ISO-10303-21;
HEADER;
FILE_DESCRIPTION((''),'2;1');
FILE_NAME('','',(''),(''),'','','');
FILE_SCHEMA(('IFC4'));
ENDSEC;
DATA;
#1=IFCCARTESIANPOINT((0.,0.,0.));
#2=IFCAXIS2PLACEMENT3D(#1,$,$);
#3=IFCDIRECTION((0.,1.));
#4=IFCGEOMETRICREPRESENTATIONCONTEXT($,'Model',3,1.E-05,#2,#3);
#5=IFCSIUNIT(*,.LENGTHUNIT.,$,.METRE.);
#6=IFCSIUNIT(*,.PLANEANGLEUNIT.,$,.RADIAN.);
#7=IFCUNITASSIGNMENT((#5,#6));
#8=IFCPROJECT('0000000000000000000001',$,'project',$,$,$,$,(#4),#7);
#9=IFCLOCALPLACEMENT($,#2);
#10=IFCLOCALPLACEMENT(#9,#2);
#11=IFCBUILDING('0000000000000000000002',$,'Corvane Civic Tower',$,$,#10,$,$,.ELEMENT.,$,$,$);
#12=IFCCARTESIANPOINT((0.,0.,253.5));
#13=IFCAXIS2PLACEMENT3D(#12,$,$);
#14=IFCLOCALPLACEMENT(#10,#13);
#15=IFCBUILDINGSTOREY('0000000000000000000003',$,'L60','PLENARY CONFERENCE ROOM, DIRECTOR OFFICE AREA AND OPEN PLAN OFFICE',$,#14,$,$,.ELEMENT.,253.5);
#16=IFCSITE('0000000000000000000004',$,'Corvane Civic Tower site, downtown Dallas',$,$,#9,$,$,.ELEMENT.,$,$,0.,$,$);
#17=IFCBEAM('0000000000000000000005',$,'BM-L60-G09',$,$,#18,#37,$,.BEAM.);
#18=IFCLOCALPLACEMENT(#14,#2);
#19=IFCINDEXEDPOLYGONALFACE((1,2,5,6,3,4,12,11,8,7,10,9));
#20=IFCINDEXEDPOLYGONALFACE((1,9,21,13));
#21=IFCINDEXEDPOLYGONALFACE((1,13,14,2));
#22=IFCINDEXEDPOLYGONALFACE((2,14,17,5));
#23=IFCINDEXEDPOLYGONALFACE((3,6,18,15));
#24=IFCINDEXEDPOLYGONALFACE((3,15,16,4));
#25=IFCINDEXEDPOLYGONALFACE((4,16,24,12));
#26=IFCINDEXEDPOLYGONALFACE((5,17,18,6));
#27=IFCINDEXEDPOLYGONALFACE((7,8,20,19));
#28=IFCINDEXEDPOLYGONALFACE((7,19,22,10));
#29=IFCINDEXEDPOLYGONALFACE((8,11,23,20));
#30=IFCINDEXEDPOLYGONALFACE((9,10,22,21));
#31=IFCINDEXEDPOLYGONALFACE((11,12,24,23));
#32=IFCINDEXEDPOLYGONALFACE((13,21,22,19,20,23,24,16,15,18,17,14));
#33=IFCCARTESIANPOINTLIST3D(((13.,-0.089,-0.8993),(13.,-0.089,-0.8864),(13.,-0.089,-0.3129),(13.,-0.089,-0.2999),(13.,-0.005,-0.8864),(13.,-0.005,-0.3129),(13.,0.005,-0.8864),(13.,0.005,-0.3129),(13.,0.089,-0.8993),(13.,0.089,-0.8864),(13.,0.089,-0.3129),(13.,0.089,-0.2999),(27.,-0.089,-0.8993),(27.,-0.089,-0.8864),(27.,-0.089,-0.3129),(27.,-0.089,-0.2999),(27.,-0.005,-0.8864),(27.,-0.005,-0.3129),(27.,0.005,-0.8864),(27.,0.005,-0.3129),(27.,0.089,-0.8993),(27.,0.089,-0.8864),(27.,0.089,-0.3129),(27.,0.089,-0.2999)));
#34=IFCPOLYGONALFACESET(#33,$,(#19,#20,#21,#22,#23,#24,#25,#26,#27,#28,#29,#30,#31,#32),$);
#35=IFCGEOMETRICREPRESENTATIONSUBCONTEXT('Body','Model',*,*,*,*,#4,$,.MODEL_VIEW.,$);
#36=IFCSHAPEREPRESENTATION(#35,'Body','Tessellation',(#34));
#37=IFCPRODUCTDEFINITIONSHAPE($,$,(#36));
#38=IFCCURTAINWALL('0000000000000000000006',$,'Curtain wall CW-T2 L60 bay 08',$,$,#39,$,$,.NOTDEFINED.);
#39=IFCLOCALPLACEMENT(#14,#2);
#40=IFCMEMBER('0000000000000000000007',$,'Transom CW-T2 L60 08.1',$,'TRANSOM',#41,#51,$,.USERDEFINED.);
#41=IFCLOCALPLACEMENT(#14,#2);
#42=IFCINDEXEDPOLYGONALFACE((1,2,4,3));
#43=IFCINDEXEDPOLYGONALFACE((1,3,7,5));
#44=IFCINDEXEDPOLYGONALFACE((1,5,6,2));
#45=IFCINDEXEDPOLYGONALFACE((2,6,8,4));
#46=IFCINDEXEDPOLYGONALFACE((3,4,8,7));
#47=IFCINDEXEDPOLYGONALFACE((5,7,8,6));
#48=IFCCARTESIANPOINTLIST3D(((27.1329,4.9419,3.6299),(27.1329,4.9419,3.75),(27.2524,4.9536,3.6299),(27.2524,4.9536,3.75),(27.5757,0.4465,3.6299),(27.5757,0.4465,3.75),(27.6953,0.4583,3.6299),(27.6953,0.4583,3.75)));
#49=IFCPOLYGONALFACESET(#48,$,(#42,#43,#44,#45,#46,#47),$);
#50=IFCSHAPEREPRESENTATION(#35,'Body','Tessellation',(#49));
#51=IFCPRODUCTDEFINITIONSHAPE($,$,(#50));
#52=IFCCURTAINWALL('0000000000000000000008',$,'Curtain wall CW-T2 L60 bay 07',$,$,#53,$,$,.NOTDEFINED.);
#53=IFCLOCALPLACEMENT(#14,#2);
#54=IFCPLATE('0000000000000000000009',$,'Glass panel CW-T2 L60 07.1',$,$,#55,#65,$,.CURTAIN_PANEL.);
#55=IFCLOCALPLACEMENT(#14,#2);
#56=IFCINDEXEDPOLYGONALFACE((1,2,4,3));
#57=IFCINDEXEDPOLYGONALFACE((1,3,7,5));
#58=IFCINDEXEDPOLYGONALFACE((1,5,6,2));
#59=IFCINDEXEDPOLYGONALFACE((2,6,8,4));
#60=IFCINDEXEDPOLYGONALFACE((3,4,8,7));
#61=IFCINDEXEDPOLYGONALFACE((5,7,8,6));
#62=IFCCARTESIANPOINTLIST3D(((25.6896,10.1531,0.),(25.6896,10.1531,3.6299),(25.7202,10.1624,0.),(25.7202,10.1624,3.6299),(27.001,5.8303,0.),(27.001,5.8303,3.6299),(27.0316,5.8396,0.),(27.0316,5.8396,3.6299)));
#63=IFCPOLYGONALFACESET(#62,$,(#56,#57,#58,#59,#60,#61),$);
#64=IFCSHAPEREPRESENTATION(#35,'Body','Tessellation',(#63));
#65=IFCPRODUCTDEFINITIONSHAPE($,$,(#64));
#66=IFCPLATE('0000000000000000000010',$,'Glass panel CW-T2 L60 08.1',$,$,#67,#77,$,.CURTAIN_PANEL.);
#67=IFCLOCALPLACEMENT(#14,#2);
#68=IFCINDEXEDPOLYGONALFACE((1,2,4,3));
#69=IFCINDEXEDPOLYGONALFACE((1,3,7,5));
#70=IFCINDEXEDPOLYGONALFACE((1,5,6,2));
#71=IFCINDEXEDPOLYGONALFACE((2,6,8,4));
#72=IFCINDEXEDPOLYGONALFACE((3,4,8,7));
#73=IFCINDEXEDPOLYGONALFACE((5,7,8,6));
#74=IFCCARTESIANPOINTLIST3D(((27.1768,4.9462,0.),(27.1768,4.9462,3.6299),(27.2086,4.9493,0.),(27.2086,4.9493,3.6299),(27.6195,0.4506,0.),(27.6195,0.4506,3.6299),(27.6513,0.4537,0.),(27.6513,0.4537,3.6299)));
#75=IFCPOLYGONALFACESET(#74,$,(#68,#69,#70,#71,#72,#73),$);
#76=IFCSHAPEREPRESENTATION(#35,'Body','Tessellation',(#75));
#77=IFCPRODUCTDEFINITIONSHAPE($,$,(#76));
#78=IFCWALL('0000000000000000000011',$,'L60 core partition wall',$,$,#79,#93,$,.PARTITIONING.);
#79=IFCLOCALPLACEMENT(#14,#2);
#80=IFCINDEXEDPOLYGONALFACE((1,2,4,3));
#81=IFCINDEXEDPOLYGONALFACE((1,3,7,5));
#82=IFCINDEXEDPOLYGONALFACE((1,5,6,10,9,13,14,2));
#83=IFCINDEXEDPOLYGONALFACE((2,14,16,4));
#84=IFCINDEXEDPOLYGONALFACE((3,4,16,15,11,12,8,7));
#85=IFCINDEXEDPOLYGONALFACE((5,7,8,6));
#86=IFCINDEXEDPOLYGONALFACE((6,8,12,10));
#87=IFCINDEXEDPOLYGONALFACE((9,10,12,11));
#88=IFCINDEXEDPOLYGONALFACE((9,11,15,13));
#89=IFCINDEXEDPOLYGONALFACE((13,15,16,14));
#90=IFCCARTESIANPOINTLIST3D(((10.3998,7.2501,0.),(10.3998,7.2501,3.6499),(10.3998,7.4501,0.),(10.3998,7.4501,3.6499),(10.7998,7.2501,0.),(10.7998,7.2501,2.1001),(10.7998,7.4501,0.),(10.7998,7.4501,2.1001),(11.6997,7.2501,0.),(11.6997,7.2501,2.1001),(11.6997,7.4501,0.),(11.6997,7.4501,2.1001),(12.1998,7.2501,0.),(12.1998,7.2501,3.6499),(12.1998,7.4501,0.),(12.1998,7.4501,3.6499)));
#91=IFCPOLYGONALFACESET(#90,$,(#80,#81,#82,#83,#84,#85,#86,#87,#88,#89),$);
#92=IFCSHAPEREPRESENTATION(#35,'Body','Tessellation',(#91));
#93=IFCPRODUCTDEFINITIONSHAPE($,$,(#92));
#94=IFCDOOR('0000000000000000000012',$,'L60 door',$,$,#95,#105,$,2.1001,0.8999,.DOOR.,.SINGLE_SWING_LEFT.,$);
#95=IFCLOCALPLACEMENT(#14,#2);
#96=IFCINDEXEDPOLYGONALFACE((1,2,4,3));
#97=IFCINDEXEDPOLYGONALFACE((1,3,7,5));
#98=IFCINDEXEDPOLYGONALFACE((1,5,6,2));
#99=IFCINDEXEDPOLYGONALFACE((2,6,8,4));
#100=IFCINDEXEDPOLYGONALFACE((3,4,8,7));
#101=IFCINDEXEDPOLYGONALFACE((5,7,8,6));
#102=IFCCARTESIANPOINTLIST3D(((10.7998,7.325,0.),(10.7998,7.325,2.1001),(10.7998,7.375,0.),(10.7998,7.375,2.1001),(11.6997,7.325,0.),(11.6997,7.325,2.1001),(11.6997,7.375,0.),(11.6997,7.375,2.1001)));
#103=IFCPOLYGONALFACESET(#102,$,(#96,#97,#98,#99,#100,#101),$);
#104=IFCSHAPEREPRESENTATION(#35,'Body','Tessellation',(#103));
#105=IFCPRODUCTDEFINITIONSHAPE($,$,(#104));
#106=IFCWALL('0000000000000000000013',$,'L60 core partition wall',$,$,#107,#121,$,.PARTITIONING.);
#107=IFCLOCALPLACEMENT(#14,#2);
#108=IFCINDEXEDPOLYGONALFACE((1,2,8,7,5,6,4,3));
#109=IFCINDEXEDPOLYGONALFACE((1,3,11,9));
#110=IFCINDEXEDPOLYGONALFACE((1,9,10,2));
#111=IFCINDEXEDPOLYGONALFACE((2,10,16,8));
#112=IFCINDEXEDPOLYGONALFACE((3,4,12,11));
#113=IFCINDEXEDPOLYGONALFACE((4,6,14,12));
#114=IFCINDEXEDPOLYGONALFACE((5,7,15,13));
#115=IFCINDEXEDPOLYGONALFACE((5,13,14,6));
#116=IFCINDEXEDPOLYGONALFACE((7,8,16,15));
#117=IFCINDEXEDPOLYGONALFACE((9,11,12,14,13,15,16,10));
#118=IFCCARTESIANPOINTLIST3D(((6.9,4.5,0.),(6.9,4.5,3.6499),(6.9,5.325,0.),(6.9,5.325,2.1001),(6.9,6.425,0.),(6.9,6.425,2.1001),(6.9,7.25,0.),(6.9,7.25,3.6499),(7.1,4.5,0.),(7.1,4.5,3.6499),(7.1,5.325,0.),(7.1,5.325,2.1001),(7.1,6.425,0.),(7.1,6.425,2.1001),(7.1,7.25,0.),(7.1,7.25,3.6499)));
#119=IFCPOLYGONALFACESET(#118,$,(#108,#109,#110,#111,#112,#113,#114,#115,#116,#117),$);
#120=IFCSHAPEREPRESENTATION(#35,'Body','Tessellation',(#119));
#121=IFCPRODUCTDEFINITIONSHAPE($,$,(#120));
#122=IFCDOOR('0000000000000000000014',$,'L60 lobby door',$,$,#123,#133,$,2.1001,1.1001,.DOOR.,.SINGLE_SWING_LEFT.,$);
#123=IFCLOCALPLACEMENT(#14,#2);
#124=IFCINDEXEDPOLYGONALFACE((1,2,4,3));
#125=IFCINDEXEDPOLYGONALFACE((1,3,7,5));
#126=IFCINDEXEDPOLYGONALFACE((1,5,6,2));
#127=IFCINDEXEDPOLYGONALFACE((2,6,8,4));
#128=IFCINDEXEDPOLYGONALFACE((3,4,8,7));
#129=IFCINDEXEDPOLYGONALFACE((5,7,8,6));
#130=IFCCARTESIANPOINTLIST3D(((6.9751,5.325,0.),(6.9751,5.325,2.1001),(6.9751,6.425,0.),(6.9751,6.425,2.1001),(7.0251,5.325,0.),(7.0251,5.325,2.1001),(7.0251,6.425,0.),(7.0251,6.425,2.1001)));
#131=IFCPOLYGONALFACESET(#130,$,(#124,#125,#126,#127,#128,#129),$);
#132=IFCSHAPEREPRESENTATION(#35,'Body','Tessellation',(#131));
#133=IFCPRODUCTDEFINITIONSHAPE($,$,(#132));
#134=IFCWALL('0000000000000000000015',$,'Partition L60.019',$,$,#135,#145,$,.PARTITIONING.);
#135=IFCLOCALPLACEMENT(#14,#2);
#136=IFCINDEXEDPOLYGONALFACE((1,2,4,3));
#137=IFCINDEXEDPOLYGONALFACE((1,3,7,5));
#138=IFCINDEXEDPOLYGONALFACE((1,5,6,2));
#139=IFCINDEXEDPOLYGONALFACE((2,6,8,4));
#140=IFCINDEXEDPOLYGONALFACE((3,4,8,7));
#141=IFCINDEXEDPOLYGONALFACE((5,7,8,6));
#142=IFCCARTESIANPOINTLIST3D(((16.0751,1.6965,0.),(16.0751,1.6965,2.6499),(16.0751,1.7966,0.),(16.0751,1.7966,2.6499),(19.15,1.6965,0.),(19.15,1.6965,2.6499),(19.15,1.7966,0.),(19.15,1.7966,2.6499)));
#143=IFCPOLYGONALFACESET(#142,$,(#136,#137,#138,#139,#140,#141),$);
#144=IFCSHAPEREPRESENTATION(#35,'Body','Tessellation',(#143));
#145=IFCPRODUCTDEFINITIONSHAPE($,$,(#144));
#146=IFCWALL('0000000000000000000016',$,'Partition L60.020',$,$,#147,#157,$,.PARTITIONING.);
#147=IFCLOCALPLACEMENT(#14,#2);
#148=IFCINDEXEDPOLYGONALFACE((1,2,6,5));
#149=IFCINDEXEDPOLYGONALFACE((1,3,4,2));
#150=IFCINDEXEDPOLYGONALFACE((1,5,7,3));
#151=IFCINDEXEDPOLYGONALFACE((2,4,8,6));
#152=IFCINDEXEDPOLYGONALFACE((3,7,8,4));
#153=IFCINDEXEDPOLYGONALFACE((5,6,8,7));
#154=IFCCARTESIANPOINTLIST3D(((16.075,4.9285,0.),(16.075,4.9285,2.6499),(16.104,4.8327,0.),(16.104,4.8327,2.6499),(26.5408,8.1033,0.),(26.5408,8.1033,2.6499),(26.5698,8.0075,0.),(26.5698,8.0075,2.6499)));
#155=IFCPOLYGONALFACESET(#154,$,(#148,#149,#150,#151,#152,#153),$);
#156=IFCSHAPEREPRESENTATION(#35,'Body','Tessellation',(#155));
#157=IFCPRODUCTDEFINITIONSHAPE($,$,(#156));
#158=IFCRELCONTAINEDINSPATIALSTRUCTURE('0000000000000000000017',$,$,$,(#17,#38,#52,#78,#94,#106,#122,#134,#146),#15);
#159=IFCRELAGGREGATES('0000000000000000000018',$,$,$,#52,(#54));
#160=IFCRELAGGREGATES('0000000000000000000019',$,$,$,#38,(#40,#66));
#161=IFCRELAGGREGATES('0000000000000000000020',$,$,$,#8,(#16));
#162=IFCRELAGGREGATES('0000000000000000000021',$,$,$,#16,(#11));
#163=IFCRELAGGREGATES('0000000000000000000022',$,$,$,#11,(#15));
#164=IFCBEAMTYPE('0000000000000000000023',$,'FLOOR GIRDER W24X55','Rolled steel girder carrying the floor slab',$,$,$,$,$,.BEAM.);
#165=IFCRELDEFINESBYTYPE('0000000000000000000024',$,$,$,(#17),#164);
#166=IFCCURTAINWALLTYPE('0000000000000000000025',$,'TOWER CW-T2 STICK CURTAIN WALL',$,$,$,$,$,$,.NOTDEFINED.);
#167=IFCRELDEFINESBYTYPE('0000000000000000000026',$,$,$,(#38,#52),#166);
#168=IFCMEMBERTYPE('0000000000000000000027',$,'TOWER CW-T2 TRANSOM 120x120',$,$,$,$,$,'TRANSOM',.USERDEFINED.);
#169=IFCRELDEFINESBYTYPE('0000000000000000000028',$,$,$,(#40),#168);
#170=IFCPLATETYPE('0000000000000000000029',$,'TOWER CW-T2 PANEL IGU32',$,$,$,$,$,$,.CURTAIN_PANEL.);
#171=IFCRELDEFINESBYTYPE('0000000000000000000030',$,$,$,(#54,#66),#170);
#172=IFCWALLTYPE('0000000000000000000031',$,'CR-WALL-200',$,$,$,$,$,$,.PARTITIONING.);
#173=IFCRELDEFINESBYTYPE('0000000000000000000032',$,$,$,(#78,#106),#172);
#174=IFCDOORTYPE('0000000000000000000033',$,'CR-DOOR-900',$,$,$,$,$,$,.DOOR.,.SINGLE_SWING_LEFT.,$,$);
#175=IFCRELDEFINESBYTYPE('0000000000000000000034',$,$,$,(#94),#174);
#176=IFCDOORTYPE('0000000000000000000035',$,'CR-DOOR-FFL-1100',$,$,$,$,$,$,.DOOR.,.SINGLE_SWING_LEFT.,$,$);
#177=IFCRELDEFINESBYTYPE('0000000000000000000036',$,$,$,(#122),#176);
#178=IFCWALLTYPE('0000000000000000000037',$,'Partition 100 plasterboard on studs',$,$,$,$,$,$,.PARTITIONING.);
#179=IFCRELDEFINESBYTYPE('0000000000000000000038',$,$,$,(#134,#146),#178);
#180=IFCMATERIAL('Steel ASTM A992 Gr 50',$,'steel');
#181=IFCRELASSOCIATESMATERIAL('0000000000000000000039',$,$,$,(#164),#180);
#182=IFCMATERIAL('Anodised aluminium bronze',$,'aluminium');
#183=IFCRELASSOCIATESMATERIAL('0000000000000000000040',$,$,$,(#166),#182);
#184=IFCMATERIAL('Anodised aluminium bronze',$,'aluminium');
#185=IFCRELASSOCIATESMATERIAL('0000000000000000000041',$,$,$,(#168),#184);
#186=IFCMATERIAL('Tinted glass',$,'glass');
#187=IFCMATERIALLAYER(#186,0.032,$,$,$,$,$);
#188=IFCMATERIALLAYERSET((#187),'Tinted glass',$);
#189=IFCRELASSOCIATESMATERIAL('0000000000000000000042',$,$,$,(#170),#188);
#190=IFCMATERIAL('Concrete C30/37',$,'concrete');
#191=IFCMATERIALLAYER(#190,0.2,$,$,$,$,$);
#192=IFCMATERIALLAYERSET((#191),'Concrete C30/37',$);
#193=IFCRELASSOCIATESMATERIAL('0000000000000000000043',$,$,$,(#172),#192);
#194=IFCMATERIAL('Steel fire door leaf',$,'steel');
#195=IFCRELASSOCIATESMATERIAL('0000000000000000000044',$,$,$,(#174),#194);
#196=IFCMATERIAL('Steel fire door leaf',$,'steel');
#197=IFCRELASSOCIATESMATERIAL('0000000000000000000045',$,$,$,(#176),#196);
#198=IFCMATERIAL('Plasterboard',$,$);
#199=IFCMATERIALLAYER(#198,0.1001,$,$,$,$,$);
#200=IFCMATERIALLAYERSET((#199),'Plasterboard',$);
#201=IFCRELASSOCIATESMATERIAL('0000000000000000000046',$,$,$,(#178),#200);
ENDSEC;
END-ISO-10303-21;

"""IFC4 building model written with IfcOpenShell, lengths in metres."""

from ifc_helpers import new_model, si_unit, direction, frame, frame_2d, origin, origin_2d, place, context, subcontext, project, spatial, rectangle, i_section, extrude, material, layer, layer_set, material_profile, profile_set, type_object, element, fill, aggregate, save


model = new_model("IFC4")

# Units and contexts
model_context = context("Model", 3, precision=1e-05, world=origin(), true_north=direction((0.0, 1.0)))
body_context = subcontext(model_context, "Body", "Model", "MODEL_VIEW")
ifc_project = project(units=[si_unit("LENGTHUNIT", "METRE"), si_unit("PLANEANGLEUNIT", "RADIAN")], contexts=[model_context])

# Site, building, storey
site_placement = place(None, origin())
site = spatial("IfcSite", under=ifc_project, at=site_placement, Name="Corvane Civic Tower site, downtown Dallas", CompositionType="ELEMENT", RefElevation=0.0)
building_placement = place(site_placement, origin())
building = spatial("IfcBuilding", under=site, at=building_placement, Name="Corvane Civic Tower", CompositionType="ELEMENT")
storey_placement = place(building_placement, frame((0.0, 0.0, 253.5)))
storey = spatial("IfcBuildingStorey", under=building, at=storey_placement, Name="L60", Description="PLENARY CONFERENCE ROOM, DIRECTOR OFFICE AREA AND OPEN PLAN OFFICE", CompositionType="ELEMENT", Elevation=253.5)

# Beam
ifc_material_1 = material(Name="Steel ASTM A992 Gr 50", Category="steel")
ifc_material_profile_1 = material_profile(ifc_material_1, i_section(OverallWidth=0.178, OverallDepth=0.5994, WebThickness=0.01, FlangeThickness=0.0129, at=origin_2d()), Name="W24X55")
ifc_profile_set_1 = profile_set([ifc_material_profile_1], Name="Steel ASTM A992 Gr 50")
beam_type_1 = type_object("IfcBeamType", Name="FLOOR GIRDER W24X55", Description="Rolled steel girder carrying the floor slab", PredefinedType="BEAM", material=ifc_profile_set_1)
beam_1_placement = place(storey_placement, frame((13.0, 0.0, -0.5996), z_axis=(1.0, 0.0, 0.0), x_axis=(0.0, 1.0, 0.0)))
element("IfcBeam", 1, at=beam_1_placement, inside=storey, type_object=beam_type_1, Name="BM-L60-G09", PredefinedType="BEAM", context=body_context, shape_type="SweptSolid", body=[
    extrude(i_section(OverallWidth=0.178, OverallDepth=0.5994, WebThickness=0.01, FlangeThickness=0.0129, at=origin_2d()), origin(), (0.0, 0.0, 1.0), 14.0),
])

# Curtain wall, member
ifc_material_2 = material(Name="Anodised aluminium bronze", Category="aluminium")
curtain_wall_type = type_object("IfcCurtainWallType", Name="TOWER CW-T2 STICK CURTAIN WALL", PredefinedType="NOTDEFINED", material=ifc_material_2)
curtain_wall_1_placement = place(storey_placement, origin())
curtain_wall_1 = element("IfcCurtainWall", 2, at=curtain_wall_1_placement, inside=storey, type_object=curtain_wall_type, Name="Curtain wall CW-T2 L60 bay 08", PredefinedType="NOTDEFINED")
ifc_material_3 = material(Name="Anodised aluminium bronze", Category="aluminium")
ifc_material_profile_2 = material_profile(ifc_material_3, rectangle(XDim=0.1201, YDim=0.1201, at=origin_2d()), Name="TOWER CW-T2 TRANSOM 120x120")
ifc_profile_set_2 = profile_set([ifc_material_profile_2], Name="Anodised aluminium bronze")
member_type = type_object("IfcMemberType", Name="TOWER CW-T2 TRANSOM 120x120", ElementType="TRANSOM", PredefinedType="USERDEFINED", material=ifc_profile_set_2)
member_placement = place(storey_placement, frame((27.1926, 4.9478, 3.6899), z_axis=(0.098043, -0.995182, 0.0), x_axis=(0.995182, 0.098043, 0.0)))
member = element("IfcMember", 3, at=member_placement, type_object=member_type, Name="Transom CW-T2 L60 08.1", ObjectType="TRANSOM", PredefinedType="USERDEFINED", context=body_context, shape_type="SweptSolid", body=[
    extrude(rectangle(XDim=0.1201, YDim=0.1201, at=origin_2d()), origin(), (0.0, 0.0, 1.0), 4.5171),
])

# Curtain wall, plate
curtain_wall_2_placement = place(storey_placement, origin())
curtain_wall_2 = element("IfcCurtainWall", 4, at=curtain_wall_2_placement, inside=storey, type_object=curtain_wall_type, Name="Curtain wall CW-T2 L60 bay 07", PredefinedType="NOTDEFINED")
ifc_material_4 = material(Name="Tinted glass", Category="glass")
ifc_layer_1 = layer(ifc_material_4, 0.032)
ifc_layer_set_1 = layer_set([ifc_layer_1], Name="Tinted glass")
plate_type = type_object("IfcPlateType", Name="TOWER CW-T2 PANEL IGU32", PredefinedType="CURTAIN_PANEL", material=ifc_layer_set_1)
plate_1_placement = place(storey_placement, frame((26.3606, 7.9963, 0.0), z_axis=(0.0, 0.0, 1.0), x_axis=(0.29029, -0.956939, 0.0)))
plate_1 = element("IfcPlate", 5, at=plate_1_placement, type_object=plate_type, Name="Glass panel CW-T2 L60 07.1", PredefinedType="CURTAIN_PANEL", context=body_context, shape_type="SweptSolid", body=[
    extrude(rectangle(XDim=4.5173, YDim=0.032, at=origin_2d()), origin(), (0.0, 0.0, 1.0), 3.6299),
])
aggregate(curtain_wall_2, [plate_1])

# Plate
plate_2_placement = place(storey_placement, frame((27.4141, 2.7, 0.0), z_axis=(0.0, 0.0, 1.0), x_axis=(0.097993, -0.995187, 0.0)))
plate_2 = element("IfcPlate", 6, at=plate_2_placement, type_object=plate_type, Name="Glass panel CW-T2 L60 08.1", PredefinedType="CURTAIN_PANEL", context=body_context, shape_type="SweptSolid", body=[
    extrude(rectangle(XDim=4.5173, YDim=0.032, at=origin_2d()), origin(), (0.0, 0.0, 1.0), 3.6299),
])
aggregate(curtain_wall_1, [member, plate_2])

# Walls, openings, doors
ifc_material_5 = material(Name="Concrete C30/37", Category="concrete")
ifc_layer_2 = layer(ifc_material_5, 0.2)
ifc_layer_set_2 = layer_set([ifc_layer_2], Name="Concrete C30/37")
wall_type_1 = type_object("IfcWallType", Name="CR-WALL-200", PredefinedType="PARTITIONING", material=ifc_layer_set_2)
wall_1_placement = place(storey_placement, frame((10.3999, 7.3501, 0.0), z_axis=(0.0, 0.0, 1.0), x_axis=(1.0, 0.0, 0.0)))
wall_1 = element("IfcWall", 7, at=wall_1_placement, inside=storey, type_object=wall_type_1, Name="L60 core partition wall", PredefinedType="PARTITIONING", context=body_context, shape_type="SweptSolid", body=[
    extrude(rectangle(XDim=1.8, YDim=0.2, at=frame_2d((0.8999, 0.0))), origin(), (0.0, 0.0, 1.0), 3.6499),
])
opening_1_placement = place(wall_1_placement, frame((0.3999, 0.0, 0.0)))
opening_1 = element("IfcOpeningElement", 8, at=opening_1_placement, cuts=wall_1, PredefinedType="OPENING", context=body_context, shape_type="SweptSolid", body=[
    extrude(rectangle(XDim=0.8999, YDim=2.1001, at=frame_2d((0.45, 1.05))), frame((0.0, 0.1099, 0.0), z_axis=(0.0, -1.0, 0.0), x_axis=(1.0, 0.0, 0.0)), (0.0, 0.0, 1.0), 0.22),
])
ifc_material_6 = material(Name="Steel fire door leaf", Category="steel")
door_type_1 = type_object("IfcDoorType", Name="CR-DOOR-900", OperationType="SINGLE_SWING_LEFT", PredefinedType="DOOR", material=ifc_material_6)
door_1_placement = place(opening_1_placement, origin())
door_1 = element("IfcDoor", 9, at=door_1_placement, inside=storey, type_object=door_type_1, Name="L60 door", OperationType="SINGLE_SWING_LEFT", OverallHeight=2.1001, OverallWidth=0.8999, PredefinedType="DOOR", context=body_context, shape_type="SweptSolid", body=[
    extrude(rectangle(XDim=0.8999, YDim=2.1001, at=frame_2d((0.45, 1.05))), frame((0.0, 0.0249, 0.0), z_axis=(0.0, -1.0, 0.0), x_axis=(1.0, 0.0, 0.0)), (0.0, 0.0, 1.0), 0.05),
])
fill(opening_1, door_1)
wall_2_placement = place(storey_placement, frame((7.0, 4.5, 0.0), z_axis=(0.0, 0.0, 1.0), x_axis=(0.0, 1.0, 0.0)))
wall_2 = element("IfcWall", 10, at=wall_2_placement, inside=storey, type_object=wall_type_1, Name="L60 core partition wall", PredefinedType="PARTITIONING", context=body_context, shape_type="SweptSolid", body=[
    extrude(rectangle(XDim=2.75, YDim=0.2, at=frame_2d((1.375, 0.0))), origin(), (0.0, 0.0, 1.0), 3.6499),
])
opening_2_placement = place(wall_2_placement, frame((0.825, 0.0, 0.0)))
opening_2 = element("IfcOpeningElement", 11, at=opening_2_placement, cuts=wall_2, PredefinedType="OPENING", context=body_context, shape_type="SweptSolid", body=[
    extrude(rectangle(XDim=1.1001, YDim=2.1001, at=frame_2d((0.55, 1.05))), frame((0.0, 0.1099, 0.0), z_axis=(0.0, -1.0, 0.0), x_axis=(1.0, 0.0, 0.0)), (0.0, 0.0, 1.0), 0.22),
])
ifc_material_7 = material(Name="Steel fire door leaf", Category="steel")
door_type_2 = type_object("IfcDoorType", Name="CR-DOOR-FFL-1100", OperationType="SINGLE_SWING_LEFT", PredefinedType="DOOR", material=ifc_material_7)
door_2_placement = place(opening_2_placement, origin())
door_2 = element("IfcDoor", 12, at=door_2_placement, inside=storey, type_object=door_type_2, Name="L60 lobby door", OperationType="SINGLE_SWING_LEFT", OverallHeight=2.1001, OverallWidth=1.1001, PredefinedType="DOOR", context=body_context, shape_type="SweptSolid", body=[
    extrude(rectangle(XDim=1.1001, YDim=2.1001, at=frame_2d((0.55, 1.05))), frame((0.0, 0.0249, 0.0), z_axis=(0.0, -1.0, 0.0), x_axis=(1.0, 0.0, 0.0)), (0.0, 0.0, 1.0), 0.05),
])
fill(opening_2, door_2)

# Walls
ifc_material_8 = material(Name="Plasterboard")
ifc_layer_3 = layer(ifc_material_8, 0.1001)
ifc_layer_set_3 = layer_set([ifc_layer_3], Name="Plasterboard")
wall_type_2 = type_object("IfcWallType", Name="Partition 100 plasterboard on studs", PredefinedType="PARTITIONING", material=ifc_layer_set_3)
wall_3_placement = place(storey_placement, frame((16.075, 1.7466, 0.0), z_axis=(0.0, 0.0, 1.0), x_axis=(1.0, 0.0, 0.0)))
element("IfcWall", 13, at=wall_3_placement, inside=storey, type_object=wall_type_2, Name="Partition L60.019", PredefinedType="PARTITIONING", context=body_context, shape_type="SweptSolid", body=[
    extrude(rectangle(XDim=3.075, YDim=0.1001, at=frame_2d((1.5376, 0.0))), origin(), (0.0, 0.0, 1.0), 2.6499),
])
wall_4_placement = place(storey_placement, frame((16.0896, 4.8806, 0.0), z_axis=(0.0, 0.0, 1.0), x_axis=(0.95694, 0.290287, 0.0)))
element("IfcWall", 14, at=wall_4_placement, inside=storey, type_object=wall_type_2, Name="Partition L60.020", PredefinedType="PARTITIONING", context=body_context, shape_type="SweptSolid", body=[
    extrude(rectangle(XDim=10.9368, YDim=0.1001, at=frame_2d((5.4683, 0.0))), origin(), (0.0, 0.0, 1.0), 2.6499),
])

save(model, "model.ifc")
